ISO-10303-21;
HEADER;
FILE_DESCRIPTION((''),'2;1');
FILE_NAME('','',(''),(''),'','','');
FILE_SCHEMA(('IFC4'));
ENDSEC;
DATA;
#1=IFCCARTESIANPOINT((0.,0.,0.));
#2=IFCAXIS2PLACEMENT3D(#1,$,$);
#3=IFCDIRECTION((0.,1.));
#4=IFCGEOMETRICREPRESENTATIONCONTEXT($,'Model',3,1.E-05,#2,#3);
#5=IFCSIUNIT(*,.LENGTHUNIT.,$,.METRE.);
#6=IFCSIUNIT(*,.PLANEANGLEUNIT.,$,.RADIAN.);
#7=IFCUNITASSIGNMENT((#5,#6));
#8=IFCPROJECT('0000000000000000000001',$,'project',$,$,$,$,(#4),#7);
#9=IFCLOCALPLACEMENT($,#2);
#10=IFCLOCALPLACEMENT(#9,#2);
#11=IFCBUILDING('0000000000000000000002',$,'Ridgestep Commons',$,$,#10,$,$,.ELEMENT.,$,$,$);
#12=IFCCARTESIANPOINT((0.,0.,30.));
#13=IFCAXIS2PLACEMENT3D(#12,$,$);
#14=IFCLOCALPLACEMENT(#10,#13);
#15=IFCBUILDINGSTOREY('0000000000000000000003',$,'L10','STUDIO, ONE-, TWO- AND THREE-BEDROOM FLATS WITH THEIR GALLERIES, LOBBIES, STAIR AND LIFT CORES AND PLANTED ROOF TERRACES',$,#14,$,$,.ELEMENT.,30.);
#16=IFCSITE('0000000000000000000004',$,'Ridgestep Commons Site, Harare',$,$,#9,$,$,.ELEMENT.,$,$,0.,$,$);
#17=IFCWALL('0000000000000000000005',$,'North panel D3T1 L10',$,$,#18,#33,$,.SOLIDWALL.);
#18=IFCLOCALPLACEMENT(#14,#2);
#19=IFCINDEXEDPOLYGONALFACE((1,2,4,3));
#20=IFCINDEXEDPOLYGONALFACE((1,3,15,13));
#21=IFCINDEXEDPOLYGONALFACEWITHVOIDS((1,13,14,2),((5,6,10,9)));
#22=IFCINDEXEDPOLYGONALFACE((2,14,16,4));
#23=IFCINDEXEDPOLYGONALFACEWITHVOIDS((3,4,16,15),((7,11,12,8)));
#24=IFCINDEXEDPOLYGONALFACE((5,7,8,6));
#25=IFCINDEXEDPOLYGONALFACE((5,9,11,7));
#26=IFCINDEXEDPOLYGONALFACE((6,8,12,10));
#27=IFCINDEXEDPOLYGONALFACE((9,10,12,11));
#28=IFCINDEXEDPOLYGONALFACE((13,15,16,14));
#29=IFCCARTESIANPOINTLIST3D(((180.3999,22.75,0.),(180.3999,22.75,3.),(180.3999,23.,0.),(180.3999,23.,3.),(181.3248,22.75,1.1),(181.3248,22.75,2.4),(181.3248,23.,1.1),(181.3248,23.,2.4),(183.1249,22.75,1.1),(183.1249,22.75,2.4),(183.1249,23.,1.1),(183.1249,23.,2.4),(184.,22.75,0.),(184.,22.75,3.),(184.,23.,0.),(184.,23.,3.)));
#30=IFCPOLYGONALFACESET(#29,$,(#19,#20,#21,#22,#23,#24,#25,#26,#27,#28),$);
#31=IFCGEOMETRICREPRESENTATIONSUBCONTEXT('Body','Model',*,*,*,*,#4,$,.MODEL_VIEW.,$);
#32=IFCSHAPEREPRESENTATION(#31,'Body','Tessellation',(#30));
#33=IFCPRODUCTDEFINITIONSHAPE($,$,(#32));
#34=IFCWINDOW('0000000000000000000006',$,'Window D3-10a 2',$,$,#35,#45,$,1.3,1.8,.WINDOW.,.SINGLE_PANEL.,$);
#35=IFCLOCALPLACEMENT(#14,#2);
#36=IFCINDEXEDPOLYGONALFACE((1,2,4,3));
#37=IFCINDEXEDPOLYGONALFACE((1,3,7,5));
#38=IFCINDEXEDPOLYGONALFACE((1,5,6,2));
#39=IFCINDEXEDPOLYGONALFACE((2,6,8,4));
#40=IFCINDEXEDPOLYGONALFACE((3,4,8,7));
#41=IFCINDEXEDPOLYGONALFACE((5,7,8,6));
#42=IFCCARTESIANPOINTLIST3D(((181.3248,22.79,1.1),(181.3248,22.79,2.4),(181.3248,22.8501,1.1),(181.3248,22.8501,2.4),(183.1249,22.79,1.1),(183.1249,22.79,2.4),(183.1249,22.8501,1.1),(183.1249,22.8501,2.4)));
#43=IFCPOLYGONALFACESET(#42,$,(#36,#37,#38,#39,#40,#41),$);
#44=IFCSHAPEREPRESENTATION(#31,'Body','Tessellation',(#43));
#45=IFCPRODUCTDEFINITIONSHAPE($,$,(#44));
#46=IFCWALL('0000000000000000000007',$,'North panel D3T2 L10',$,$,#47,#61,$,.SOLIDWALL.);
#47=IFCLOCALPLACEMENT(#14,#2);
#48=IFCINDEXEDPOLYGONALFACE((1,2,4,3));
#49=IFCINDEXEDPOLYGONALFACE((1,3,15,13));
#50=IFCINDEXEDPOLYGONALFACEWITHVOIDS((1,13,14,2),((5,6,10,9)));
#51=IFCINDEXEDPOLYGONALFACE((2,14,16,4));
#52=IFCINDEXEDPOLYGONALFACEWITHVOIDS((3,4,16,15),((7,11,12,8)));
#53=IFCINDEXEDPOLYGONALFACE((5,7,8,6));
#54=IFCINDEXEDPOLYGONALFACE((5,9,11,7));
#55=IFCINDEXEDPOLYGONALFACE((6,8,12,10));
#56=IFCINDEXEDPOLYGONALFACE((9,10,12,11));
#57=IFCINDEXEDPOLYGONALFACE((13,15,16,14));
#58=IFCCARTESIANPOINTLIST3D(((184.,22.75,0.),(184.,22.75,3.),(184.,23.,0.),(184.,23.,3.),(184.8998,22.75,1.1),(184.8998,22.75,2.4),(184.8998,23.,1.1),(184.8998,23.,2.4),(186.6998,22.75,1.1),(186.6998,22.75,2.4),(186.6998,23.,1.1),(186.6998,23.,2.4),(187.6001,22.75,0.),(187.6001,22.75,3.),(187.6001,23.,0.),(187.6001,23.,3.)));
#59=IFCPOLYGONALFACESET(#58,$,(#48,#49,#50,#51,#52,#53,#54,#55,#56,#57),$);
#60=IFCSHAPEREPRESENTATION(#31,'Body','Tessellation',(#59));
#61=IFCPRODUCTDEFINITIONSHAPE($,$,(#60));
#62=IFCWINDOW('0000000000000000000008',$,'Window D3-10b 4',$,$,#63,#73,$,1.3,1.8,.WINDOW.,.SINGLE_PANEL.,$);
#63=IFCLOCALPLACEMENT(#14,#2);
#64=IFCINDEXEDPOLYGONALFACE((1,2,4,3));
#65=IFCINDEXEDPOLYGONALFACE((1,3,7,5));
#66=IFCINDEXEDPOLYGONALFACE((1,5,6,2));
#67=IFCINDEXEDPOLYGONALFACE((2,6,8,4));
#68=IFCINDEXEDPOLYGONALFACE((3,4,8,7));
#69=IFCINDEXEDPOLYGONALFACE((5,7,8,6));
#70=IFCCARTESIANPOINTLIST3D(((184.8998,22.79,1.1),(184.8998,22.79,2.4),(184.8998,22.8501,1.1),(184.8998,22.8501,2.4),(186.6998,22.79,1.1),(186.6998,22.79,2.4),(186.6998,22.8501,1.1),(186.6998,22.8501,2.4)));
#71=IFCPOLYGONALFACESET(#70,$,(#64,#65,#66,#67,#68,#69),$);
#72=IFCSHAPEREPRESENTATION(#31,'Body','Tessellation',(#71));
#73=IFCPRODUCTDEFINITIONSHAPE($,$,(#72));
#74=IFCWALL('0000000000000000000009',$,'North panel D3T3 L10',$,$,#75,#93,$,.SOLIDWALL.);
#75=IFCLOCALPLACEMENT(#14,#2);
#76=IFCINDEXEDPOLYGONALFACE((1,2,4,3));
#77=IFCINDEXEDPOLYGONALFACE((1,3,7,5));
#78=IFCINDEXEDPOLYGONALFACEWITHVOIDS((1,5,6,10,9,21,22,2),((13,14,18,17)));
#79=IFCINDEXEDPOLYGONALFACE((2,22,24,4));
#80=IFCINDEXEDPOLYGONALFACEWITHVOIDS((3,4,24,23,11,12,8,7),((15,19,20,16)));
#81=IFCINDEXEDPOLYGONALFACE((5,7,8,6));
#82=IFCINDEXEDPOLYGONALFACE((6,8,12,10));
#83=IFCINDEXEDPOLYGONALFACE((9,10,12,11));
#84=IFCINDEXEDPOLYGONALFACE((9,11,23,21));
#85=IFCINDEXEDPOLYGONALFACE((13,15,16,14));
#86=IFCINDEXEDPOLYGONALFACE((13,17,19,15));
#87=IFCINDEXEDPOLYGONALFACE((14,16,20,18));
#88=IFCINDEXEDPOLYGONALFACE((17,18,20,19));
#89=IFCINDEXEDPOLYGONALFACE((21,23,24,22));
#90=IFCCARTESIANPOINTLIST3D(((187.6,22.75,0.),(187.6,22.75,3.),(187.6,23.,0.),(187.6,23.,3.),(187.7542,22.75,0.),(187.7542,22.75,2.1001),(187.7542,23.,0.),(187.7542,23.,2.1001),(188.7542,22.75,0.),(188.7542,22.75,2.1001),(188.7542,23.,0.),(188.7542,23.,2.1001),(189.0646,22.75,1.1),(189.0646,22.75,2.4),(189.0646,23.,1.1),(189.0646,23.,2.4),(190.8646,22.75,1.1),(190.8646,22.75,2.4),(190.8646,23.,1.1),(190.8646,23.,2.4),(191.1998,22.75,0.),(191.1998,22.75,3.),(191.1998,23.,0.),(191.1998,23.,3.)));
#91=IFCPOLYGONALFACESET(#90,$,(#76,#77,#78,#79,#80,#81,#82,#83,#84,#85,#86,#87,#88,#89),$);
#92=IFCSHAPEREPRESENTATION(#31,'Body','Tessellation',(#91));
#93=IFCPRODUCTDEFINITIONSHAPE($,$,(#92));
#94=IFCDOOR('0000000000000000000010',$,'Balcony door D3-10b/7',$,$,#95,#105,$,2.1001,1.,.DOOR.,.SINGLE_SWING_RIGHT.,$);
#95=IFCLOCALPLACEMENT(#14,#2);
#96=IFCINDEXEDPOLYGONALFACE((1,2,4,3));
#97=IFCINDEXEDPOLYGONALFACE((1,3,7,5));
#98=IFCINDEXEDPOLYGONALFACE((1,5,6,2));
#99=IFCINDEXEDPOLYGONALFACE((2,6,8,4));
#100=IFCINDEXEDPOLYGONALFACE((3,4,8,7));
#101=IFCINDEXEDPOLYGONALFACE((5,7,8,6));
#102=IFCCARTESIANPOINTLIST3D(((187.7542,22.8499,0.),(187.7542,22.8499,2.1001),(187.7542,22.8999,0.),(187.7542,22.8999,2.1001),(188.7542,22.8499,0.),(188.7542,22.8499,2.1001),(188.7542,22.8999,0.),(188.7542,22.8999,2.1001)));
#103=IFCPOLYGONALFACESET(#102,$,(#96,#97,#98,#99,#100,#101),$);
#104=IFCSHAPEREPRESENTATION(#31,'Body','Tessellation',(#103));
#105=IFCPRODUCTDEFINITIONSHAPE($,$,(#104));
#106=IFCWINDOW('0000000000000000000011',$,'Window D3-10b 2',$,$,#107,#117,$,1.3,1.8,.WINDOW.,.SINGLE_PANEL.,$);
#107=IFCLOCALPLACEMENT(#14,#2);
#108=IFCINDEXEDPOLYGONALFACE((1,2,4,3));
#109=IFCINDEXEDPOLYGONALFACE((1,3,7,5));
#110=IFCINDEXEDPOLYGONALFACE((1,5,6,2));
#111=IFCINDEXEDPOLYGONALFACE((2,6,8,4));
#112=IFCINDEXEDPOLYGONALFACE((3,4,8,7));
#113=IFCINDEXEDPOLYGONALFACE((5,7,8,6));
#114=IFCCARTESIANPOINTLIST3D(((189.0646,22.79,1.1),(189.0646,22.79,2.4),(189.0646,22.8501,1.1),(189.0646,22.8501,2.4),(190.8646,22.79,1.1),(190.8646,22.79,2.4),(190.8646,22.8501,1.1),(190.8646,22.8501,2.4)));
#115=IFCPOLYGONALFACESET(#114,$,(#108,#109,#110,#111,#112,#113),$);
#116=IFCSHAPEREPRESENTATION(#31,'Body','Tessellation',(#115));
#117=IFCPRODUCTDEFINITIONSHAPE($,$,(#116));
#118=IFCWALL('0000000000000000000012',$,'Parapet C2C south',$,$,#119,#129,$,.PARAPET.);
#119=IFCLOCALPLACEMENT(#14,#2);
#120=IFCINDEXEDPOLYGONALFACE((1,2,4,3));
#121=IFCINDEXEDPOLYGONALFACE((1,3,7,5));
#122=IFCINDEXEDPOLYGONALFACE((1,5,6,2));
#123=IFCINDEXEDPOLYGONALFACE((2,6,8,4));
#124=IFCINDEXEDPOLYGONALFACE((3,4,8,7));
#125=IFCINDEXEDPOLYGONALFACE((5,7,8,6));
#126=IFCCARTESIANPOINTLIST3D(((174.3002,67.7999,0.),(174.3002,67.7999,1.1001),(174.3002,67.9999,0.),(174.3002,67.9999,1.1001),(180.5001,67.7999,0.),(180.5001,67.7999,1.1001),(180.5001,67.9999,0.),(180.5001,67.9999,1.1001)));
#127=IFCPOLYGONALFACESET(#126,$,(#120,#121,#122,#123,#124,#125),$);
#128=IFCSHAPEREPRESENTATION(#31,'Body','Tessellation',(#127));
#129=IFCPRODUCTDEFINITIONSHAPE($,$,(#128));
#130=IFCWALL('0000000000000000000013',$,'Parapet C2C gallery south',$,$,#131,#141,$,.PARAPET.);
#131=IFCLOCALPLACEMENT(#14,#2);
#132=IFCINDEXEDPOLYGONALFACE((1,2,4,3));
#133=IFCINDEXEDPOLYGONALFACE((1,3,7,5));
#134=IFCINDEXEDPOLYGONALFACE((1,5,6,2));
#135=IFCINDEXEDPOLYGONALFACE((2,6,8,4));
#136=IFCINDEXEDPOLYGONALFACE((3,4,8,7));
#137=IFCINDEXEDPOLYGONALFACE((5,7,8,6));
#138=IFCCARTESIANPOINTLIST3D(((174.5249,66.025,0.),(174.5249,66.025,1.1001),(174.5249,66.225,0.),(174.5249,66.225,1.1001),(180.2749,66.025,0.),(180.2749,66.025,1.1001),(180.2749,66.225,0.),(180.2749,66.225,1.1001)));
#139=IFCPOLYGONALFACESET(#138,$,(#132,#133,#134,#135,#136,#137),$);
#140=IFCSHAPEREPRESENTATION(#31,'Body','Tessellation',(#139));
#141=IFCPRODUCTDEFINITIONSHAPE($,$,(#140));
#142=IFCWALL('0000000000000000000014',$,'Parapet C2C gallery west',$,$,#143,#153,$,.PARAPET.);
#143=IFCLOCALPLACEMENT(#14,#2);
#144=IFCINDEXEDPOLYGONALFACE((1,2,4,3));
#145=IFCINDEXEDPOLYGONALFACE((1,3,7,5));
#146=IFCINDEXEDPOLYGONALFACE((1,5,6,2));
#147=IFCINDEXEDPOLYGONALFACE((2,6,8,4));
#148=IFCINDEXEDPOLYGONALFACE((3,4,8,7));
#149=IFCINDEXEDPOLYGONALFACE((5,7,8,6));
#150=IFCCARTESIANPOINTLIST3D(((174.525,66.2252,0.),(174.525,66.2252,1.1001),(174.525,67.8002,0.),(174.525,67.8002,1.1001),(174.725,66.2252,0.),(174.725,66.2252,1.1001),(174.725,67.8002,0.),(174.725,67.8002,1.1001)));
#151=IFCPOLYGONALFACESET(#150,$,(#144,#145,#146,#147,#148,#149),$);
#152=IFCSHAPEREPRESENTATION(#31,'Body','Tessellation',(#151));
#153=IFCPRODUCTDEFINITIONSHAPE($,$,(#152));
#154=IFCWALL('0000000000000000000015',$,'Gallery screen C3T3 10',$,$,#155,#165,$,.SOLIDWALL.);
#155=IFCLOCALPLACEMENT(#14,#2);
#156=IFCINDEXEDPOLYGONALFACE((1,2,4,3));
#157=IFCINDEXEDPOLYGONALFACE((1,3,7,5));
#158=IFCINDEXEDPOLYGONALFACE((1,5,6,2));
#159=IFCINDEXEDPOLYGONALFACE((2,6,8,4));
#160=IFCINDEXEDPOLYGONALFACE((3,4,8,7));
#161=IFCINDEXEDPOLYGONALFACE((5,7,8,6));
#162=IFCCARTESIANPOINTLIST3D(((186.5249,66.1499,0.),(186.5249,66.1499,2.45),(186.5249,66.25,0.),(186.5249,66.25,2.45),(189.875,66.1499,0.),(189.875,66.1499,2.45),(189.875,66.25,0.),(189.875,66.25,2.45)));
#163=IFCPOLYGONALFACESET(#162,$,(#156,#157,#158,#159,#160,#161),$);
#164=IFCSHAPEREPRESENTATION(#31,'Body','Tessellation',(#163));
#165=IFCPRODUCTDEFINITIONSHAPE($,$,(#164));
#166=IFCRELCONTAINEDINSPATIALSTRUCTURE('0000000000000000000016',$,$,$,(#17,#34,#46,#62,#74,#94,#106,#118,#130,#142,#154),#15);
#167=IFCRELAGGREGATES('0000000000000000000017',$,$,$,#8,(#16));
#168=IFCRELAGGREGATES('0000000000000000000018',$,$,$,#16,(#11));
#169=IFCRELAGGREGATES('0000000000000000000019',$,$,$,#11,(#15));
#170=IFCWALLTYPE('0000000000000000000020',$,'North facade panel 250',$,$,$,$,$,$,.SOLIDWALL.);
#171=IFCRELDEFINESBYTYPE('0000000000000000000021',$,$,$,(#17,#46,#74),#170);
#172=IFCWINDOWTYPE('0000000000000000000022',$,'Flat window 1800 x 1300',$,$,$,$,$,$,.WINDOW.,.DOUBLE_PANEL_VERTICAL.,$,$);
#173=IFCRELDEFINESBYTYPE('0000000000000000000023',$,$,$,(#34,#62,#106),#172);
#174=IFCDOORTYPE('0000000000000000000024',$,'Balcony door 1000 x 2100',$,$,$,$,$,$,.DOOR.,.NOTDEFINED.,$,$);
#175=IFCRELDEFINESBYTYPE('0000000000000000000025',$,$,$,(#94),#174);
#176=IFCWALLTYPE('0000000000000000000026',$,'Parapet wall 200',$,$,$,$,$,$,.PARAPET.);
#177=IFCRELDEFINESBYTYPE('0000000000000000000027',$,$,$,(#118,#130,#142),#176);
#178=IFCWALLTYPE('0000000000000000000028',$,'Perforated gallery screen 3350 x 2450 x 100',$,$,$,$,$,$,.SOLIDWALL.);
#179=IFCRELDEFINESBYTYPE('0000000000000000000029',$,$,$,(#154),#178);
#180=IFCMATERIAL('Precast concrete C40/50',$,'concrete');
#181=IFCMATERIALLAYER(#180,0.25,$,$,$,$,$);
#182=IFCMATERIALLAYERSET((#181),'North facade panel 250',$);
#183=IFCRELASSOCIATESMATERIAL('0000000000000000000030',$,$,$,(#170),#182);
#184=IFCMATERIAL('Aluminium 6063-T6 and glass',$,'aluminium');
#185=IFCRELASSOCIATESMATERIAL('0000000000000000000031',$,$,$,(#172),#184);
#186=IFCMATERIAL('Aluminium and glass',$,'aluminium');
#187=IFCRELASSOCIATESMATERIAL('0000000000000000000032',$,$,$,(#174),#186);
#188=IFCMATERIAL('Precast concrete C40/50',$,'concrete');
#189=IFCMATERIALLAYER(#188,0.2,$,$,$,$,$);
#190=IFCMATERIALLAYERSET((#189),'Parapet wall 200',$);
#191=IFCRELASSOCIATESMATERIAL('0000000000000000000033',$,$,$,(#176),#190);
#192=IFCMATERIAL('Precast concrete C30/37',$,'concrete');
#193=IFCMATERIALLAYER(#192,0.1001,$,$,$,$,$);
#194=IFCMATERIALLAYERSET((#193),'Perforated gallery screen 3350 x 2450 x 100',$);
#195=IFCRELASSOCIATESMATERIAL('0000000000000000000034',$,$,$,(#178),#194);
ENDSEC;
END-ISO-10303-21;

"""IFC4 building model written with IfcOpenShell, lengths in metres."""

from ifc_helpers import new_model, si_unit, direction, frame, frame_2d, origin, place, context, subcontext, project, spatial, rectangle, extrude, material, layer, layer_set, type_object, element, fill, save


model = new_model("IFC4")

# Units and contexts
model_context = context("Model", 3, precision=1e-05, world=origin(), true_north=direction((0.0, 1.0)))
body_context = subcontext(model_context, "Body", "Model", "MODEL_VIEW")
ifc_project = project(units=[si_unit("LENGTHUNIT", "METRE"), si_unit("PLANEANGLEUNIT", "RADIAN")], contexts=[model_context])

# Site, building, storey
site_placement = place(None, origin())
site = spatial("IfcSite", under=ifc_project, at=site_placement, Name="Ridgestep Commons Site, Harare", CompositionType="ELEMENT", RefElevation=0.0)
building_placement = place(site_placement, origin())
building = spatial("IfcBuilding", under=site, at=building_placement, Name="Ridgestep Commons", CompositionType="ELEMENT")
storey_placement = place(building_placement, frame((0.0, 0.0, 30.0)))
storey = spatial("IfcBuildingStorey", under=building, at=storey_placement, Name="L10", Description="STUDIO, ONE-, TWO- AND THREE-BEDROOM FLATS WITH THEIR GALLERIES, LOBBIES, STAIR AND LIFT CORES AND PLANTED ROOF TERRACES", CompositionType="ELEMENT", Elevation=30.0)

# Walls, openings, windows
ifc_material_1 = material(Name="Precast concrete C40/50", Category="concrete")
ifc_layer_1 = layer(ifc_material_1, 0.25)
ifc_layer_set_1 = layer_set([ifc_layer_1], Name="North facade panel 250")
wall_type_1 = type_object("IfcWallType", Name="North facade panel 250", PredefinedType="SOLIDWALL", material=ifc_layer_set_1)
ifc_material_2 = material(Name="Aluminium 6063-T6 and glass", Category="aluminium")
window_type_1 = type_object("IfcWindowType", Name="Flat window 1800 x 1300", PartitioningType="DOUBLE_PANEL_VERTICAL", PredefinedType="WINDOW", material=ifc_material_2)
wall_1_placement = place(storey_placement, frame((180.3999, 22.875, 0.0), z_axis=(0.0, 0.0, 1.0), x_axis=(1.0, 0.0, 0.0)))
wall_1 = element("IfcWall", 1, at=wall_1_placement, inside=storey, type_object=wall_type_1, Name="North panel D3T1 L10", PredefinedType="SOLIDWALL", context=body_context, shape_type="SweptSolid", body=[
    extrude(rectangle(XDim=3.6001, YDim=0.25, at=frame_2d((1.8, 0.0))), origin(), (0.0, 0.0, 1.0), 3.0),
])
opening_1_placement = place(wall_1_placement, frame((0.925, 0.0, 1.1001)))
opening_1 = element("IfcOpeningElement", 2, at=opening_1_placement, cuts=wall_1, PredefinedType="OPENING", context=body_context, shape_type="SweptSolid", body=[
    extrude(rectangle(XDim=1.8, YDim=1.3, at=frame_2d((0.8999, 0.6499))), frame((0.0, 0.135, 0.0), z_axis=(0.0, -1.0, 0.0), x_axis=(1.0, 0.0, 0.0)), (0.0, 0.0, 1.0), 0.27),
])
window_1_placement = place(opening_1_placement, origin())
window_1 = element("IfcWindow", 3, at=window_1_placement, inside=storey, type_object=window_type_1, Name="Window D3-10a 2", OverallHeight=1.3, OverallWidth=1.8, PartitioningType="SINGLE_PANEL", PredefinedType="WINDOW", context=body_context, shape_type="SweptSolid", body=[
    extrude(rectangle(XDim=1.8, YDim=1.3, at=frame_2d((0.8999, 0.6499))), frame((0.0, -0.0249, 0.0), z_axis=(0.0, -1.0, 0.0), x_axis=(1.0, 0.0, 0.0)), (0.0, 0.0, 1.0), 0.0601),
])
fill(opening_1, window_1)
wall_2_placement = place(storey_placement, frame((184.0, 22.875, 0.0), z_axis=(0.0, 0.0, 1.0), x_axis=(1.0, 0.0, 0.0)))
wall_2 = element("IfcWall", 4, at=wall_2_placement, inside=storey, type_object=wall_type_1, Name="North panel D3T2 L10", PredefinedType="SOLIDWALL", context=body_context, shape_type="SweptSolid", body=[
    extrude(rectangle(XDim=3.6001, YDim=0.25, at=frame_2d((1.8, 0.0))), origin(), (0.0, 0.0, 1.0), 3.0),
])
opening_2_placement = place(wall_2_placement, frame((0.8999, 0.0, 1.1001)))
opening_2 = element("IfcOpeningElement", 5, at=opening_2_placement, cuts=wall_2, PredefinedType="OPENING", context=body_context, shape_type="SweptSolid", body=[
    extrude(rectangle(XDim=1.8, YDim=1.3, at=frame_2d((0.8999, 0.6499))), frame((0.0, 0.135, 0.0), z_axis=(0.0, -1.0, 0.0), x_axis=(1.0, 0.0, 0.0)), (0.0, 0.0, 1.0), 0.27),
])
window_2_placement = place(opening_2_placement, origin())
window_2 = element("IfcWindow", 6, at=window_2_placement, inside=storey, type_object=window_type_1, Name="Window D3-10b 4", OverallHeight=1.3, OverallWidth=1.8, PartitioningType="SINGLE_PANEL", PredefinedType="WINDOW", context=body_context, shape_type="SweptSolid", body=[
    extrude(rectangle(XDim=1.8, YDim=1.3, at=frame_2d((0.8999, 0.6499))), frame((0.0, -0.0249, 0.0), z_axis=(0.0, -1.0, 0.0), x_axis=(1.0, 0.0, 0.0)), (0.0, 0.0, 1.0), 0.0601),
])
fill(opening_2, window_2)

# Wall, openings, door, window
wall_3_placement = place(storey_placement, frame((187.6001, 22.875, 0.0), z_axis=(0.0, 0.0, 1.0), x_axis=(1.0, 0.0, 0.0)))
wall_3 = element("IfcWall", 7, at=wall_3_placement, inside=storey, type_object=wall_type_1, Name="North panel D3T3 L10", PredefinedType="SOLIDWALL", context=body_context, shape_type="SweptSolid", body=[
    extrude(rectangle(XDim=3.5999, YDim=0.25, at=frame_2d((1.7998, 0.0))), origin(), (0.0, 0.0, 1.0), 3.0),
])
opening_3_placement = place(wall_3_placement, frame((1.4646, 0.0, 1.1001)))
opening_3 = element("IfcOpeningElement", 8, at=opening_3_placement, cuts=wall_3, PredefinedType="OPENING", context=body_context, shape_type="SweptSolid", body=[
    extrude(rectangle(XDim=1.8, YDim=1.3, at=frame_2d((0.8999, 0.6499))), frame((0.0, 0.135, 0.0), z_axis=(0.0, -1.0, 0.0), x_axis=(1.0, 0.0, 0.0)), (0.0, 0.0, 1.0), 0.27),
])
opening_4_placement = place(wall_3_placement, frame((0.1541, 0.0, 0.0)))
opening_4 = element("IfcOpeningElement", 9, at=opening_4_placement, cuts=wall_3, PredefinedType="OPENING", context=body_context, shape_type="SweptSolid", body=[
    extrude(rectangle(XDim=1.0, YDim=2.1001, at=frame_2d((0.5, 1.05))), frame((0.0, 0.135, 0.0), z_axis=(0.0, -1.0, 0.0), x_axis=(1.0, 0.0, 0.0)), (0.0, 0.0, 1.0), 0.27),
])
ifc_material_3 = material(Name="Aluminium and glass", Category="aluminium")
door_type_1 = type_object("IfcDoorType", Name="Balcony door 1000 x 2100", OperationType="NOTDEFINED", PredefinedType="DOOR", material=ifc_material_3)
door_1_placement = place(opening_4_placement, origin())
door_1 = element("IfcDoor", 10, at=door_1_placement, inside=storey, type_object=door_type_1, Name="Balcony door D3-10b/7", OperationType="SINGLE_SWING_RIGHT", OverallHeight=2.1001, OverallWidth=1.0, PredefinedType="DOOR", context=body_context, shape_type="SweptSolid", body=[
    extrude(rectangle(XDim=1.0, YDim=2.1001, at=frame_2d((0.5, 1.05))), frame((0.0, 0.0249, 0.0), z_axis=(0.0, -1.0, 0.0), x_axis=(1.0, 0.0, 0.0)), (0.0, 0.0, 1.0), 0.05),
])
fill(opening_4, door_1)
window_3_placement = place(opening_3_placement, origin())
window_3 = element("IfcWindow", 11, at=window_3_placement, inside=storey, type_object=window_type_1, Name="Window D3-10b 2", OverallHeight=1.3, OverallWidth=1.8, PartitioningType="SINGLE_PANEL", PredefinedType="WINDOW", context=body_context, shape_type="SweptSolid", body=[
    extrude(rectangle(XDim=1.8, YDim=1.3, at=frame_2d((0.8999, 0.6499))), frame((0.0, -0.0249, 0.0), z_axis=(0.0, -1.0, 0.0), x_axis=(1.0, 0.0, 0.0)), (0.0, 0.0, 1.0), 0.0601),
])
fill(opening_3, window_3)

# Walls
ifc_material_4 = material(Name="Precast concrete C40/50", Category="concrete")
ifc_layer_2 = layer(ifc_material_4, 0.2)
ifc_layer_set_2 = layer_set([ifc_layer_2], Name="Parapet wall 200")
wall_type_2 = type_object("IfcWallType", Name="Parapet wall 200", PredefinedType="PARAPET", material=ifc_layer_set_2)
wall_4_placement = place(storey_placement, frame((174.3, 67.8999, 0.0), z_axis=(0.0, 0.0, 1.0), x_axis=(1.0, 0.0, 0.0)))
element("IfcWall", 12, at=wall_4_placement, inside=storey, type_object=wall_type_2, Name="Parapet C2C south", PredefinedType="PARAPET", context=body_context, shape_type="SweptSolid", body=[
    extrude(rectangle(XDim=6.2, YDim=0.2, at=frame_2d((3.1001, 0.0))), origin(), (0.0, 0.0, 1.0), 1.1001),
])
wall_5_placement = place(storey_placement, frame((174.5249, 66.125, 0.0), z_axis=(0.0, 0.0, 1.0), x_axis=(1.0, 0.0, 0.0)))
element("IfcWall", 13, at=wall_5_placement, inside=storey, type_object=wall_type_2, Name="Parapet C2C gallery south", PredefinedType="PARAPET", context=body_context, shape_type="SweptSolid", body=[
    extrude(rectangle(XDim=5.75, YDim=0.2, at=frame_2d((2.875, 0.0))), origin(), (0.0, 0.0, 1.0), 1.1001),
])
wall_6_placement = place(storey_placement, frame((174.625, 66.2251, 0.0), z_axis=(0.0, 0.0, 1.0), x_axis=(0.0, 1.0, 0.0)))
element("IfcWall", 14, at=wall_6_placement, inside=storey, type_object=wall_type_2, Name="Parapet C2C gallery west", PredefinedType="PARAPET", context=body_context, shape_type="SweptSolid", body=[
    extrude(rectangle(XDim=1.575, YDim=0.2, at=frame_2d((0.7876, 0.0))), origin(), (0.0, 0.0, 1.0), 1.1001),
])
ifc_material_5 = material(Name="Precast concrete C30/37", Category="concrete")
ifc_layer_3 = layer(ifc_material_5, 0.1001)
ifc_layer_set_3 = layer_set([ifc_layer_3], Name="Perforated gallery screen 3350 x 2450 x 100")
wall_type_3 = type_object("IfcWallType", Name="Perforated gallery screen 3350 x 2450 x 100", PredefinedType="SOLIDWALL", material=ifc_layer_set_3)
wall_7_placement = place(storey_placement, frame((186.5249, 66.2, 0.0), z_axis=(0.0, 0.0, 1.0), x_axis=(1.0, 0.0, 0.0)))
element("IfcWall", 15, at=wall_7_placement, inside=storey, type_object=wall_type_3, Name="Gallery screen C3T3 10", PredefinedType="SOLIDWALL", context=body_context, shape_type="SweptSolid", body=[
    extrude(rectangle(XDim=3.3501, YDim=0.1001, at=frame_2d((1.675, 0.0))), origin(), (0.0, 0.0, 1.0), 2.45),
])

save(model, "model.ifc")
